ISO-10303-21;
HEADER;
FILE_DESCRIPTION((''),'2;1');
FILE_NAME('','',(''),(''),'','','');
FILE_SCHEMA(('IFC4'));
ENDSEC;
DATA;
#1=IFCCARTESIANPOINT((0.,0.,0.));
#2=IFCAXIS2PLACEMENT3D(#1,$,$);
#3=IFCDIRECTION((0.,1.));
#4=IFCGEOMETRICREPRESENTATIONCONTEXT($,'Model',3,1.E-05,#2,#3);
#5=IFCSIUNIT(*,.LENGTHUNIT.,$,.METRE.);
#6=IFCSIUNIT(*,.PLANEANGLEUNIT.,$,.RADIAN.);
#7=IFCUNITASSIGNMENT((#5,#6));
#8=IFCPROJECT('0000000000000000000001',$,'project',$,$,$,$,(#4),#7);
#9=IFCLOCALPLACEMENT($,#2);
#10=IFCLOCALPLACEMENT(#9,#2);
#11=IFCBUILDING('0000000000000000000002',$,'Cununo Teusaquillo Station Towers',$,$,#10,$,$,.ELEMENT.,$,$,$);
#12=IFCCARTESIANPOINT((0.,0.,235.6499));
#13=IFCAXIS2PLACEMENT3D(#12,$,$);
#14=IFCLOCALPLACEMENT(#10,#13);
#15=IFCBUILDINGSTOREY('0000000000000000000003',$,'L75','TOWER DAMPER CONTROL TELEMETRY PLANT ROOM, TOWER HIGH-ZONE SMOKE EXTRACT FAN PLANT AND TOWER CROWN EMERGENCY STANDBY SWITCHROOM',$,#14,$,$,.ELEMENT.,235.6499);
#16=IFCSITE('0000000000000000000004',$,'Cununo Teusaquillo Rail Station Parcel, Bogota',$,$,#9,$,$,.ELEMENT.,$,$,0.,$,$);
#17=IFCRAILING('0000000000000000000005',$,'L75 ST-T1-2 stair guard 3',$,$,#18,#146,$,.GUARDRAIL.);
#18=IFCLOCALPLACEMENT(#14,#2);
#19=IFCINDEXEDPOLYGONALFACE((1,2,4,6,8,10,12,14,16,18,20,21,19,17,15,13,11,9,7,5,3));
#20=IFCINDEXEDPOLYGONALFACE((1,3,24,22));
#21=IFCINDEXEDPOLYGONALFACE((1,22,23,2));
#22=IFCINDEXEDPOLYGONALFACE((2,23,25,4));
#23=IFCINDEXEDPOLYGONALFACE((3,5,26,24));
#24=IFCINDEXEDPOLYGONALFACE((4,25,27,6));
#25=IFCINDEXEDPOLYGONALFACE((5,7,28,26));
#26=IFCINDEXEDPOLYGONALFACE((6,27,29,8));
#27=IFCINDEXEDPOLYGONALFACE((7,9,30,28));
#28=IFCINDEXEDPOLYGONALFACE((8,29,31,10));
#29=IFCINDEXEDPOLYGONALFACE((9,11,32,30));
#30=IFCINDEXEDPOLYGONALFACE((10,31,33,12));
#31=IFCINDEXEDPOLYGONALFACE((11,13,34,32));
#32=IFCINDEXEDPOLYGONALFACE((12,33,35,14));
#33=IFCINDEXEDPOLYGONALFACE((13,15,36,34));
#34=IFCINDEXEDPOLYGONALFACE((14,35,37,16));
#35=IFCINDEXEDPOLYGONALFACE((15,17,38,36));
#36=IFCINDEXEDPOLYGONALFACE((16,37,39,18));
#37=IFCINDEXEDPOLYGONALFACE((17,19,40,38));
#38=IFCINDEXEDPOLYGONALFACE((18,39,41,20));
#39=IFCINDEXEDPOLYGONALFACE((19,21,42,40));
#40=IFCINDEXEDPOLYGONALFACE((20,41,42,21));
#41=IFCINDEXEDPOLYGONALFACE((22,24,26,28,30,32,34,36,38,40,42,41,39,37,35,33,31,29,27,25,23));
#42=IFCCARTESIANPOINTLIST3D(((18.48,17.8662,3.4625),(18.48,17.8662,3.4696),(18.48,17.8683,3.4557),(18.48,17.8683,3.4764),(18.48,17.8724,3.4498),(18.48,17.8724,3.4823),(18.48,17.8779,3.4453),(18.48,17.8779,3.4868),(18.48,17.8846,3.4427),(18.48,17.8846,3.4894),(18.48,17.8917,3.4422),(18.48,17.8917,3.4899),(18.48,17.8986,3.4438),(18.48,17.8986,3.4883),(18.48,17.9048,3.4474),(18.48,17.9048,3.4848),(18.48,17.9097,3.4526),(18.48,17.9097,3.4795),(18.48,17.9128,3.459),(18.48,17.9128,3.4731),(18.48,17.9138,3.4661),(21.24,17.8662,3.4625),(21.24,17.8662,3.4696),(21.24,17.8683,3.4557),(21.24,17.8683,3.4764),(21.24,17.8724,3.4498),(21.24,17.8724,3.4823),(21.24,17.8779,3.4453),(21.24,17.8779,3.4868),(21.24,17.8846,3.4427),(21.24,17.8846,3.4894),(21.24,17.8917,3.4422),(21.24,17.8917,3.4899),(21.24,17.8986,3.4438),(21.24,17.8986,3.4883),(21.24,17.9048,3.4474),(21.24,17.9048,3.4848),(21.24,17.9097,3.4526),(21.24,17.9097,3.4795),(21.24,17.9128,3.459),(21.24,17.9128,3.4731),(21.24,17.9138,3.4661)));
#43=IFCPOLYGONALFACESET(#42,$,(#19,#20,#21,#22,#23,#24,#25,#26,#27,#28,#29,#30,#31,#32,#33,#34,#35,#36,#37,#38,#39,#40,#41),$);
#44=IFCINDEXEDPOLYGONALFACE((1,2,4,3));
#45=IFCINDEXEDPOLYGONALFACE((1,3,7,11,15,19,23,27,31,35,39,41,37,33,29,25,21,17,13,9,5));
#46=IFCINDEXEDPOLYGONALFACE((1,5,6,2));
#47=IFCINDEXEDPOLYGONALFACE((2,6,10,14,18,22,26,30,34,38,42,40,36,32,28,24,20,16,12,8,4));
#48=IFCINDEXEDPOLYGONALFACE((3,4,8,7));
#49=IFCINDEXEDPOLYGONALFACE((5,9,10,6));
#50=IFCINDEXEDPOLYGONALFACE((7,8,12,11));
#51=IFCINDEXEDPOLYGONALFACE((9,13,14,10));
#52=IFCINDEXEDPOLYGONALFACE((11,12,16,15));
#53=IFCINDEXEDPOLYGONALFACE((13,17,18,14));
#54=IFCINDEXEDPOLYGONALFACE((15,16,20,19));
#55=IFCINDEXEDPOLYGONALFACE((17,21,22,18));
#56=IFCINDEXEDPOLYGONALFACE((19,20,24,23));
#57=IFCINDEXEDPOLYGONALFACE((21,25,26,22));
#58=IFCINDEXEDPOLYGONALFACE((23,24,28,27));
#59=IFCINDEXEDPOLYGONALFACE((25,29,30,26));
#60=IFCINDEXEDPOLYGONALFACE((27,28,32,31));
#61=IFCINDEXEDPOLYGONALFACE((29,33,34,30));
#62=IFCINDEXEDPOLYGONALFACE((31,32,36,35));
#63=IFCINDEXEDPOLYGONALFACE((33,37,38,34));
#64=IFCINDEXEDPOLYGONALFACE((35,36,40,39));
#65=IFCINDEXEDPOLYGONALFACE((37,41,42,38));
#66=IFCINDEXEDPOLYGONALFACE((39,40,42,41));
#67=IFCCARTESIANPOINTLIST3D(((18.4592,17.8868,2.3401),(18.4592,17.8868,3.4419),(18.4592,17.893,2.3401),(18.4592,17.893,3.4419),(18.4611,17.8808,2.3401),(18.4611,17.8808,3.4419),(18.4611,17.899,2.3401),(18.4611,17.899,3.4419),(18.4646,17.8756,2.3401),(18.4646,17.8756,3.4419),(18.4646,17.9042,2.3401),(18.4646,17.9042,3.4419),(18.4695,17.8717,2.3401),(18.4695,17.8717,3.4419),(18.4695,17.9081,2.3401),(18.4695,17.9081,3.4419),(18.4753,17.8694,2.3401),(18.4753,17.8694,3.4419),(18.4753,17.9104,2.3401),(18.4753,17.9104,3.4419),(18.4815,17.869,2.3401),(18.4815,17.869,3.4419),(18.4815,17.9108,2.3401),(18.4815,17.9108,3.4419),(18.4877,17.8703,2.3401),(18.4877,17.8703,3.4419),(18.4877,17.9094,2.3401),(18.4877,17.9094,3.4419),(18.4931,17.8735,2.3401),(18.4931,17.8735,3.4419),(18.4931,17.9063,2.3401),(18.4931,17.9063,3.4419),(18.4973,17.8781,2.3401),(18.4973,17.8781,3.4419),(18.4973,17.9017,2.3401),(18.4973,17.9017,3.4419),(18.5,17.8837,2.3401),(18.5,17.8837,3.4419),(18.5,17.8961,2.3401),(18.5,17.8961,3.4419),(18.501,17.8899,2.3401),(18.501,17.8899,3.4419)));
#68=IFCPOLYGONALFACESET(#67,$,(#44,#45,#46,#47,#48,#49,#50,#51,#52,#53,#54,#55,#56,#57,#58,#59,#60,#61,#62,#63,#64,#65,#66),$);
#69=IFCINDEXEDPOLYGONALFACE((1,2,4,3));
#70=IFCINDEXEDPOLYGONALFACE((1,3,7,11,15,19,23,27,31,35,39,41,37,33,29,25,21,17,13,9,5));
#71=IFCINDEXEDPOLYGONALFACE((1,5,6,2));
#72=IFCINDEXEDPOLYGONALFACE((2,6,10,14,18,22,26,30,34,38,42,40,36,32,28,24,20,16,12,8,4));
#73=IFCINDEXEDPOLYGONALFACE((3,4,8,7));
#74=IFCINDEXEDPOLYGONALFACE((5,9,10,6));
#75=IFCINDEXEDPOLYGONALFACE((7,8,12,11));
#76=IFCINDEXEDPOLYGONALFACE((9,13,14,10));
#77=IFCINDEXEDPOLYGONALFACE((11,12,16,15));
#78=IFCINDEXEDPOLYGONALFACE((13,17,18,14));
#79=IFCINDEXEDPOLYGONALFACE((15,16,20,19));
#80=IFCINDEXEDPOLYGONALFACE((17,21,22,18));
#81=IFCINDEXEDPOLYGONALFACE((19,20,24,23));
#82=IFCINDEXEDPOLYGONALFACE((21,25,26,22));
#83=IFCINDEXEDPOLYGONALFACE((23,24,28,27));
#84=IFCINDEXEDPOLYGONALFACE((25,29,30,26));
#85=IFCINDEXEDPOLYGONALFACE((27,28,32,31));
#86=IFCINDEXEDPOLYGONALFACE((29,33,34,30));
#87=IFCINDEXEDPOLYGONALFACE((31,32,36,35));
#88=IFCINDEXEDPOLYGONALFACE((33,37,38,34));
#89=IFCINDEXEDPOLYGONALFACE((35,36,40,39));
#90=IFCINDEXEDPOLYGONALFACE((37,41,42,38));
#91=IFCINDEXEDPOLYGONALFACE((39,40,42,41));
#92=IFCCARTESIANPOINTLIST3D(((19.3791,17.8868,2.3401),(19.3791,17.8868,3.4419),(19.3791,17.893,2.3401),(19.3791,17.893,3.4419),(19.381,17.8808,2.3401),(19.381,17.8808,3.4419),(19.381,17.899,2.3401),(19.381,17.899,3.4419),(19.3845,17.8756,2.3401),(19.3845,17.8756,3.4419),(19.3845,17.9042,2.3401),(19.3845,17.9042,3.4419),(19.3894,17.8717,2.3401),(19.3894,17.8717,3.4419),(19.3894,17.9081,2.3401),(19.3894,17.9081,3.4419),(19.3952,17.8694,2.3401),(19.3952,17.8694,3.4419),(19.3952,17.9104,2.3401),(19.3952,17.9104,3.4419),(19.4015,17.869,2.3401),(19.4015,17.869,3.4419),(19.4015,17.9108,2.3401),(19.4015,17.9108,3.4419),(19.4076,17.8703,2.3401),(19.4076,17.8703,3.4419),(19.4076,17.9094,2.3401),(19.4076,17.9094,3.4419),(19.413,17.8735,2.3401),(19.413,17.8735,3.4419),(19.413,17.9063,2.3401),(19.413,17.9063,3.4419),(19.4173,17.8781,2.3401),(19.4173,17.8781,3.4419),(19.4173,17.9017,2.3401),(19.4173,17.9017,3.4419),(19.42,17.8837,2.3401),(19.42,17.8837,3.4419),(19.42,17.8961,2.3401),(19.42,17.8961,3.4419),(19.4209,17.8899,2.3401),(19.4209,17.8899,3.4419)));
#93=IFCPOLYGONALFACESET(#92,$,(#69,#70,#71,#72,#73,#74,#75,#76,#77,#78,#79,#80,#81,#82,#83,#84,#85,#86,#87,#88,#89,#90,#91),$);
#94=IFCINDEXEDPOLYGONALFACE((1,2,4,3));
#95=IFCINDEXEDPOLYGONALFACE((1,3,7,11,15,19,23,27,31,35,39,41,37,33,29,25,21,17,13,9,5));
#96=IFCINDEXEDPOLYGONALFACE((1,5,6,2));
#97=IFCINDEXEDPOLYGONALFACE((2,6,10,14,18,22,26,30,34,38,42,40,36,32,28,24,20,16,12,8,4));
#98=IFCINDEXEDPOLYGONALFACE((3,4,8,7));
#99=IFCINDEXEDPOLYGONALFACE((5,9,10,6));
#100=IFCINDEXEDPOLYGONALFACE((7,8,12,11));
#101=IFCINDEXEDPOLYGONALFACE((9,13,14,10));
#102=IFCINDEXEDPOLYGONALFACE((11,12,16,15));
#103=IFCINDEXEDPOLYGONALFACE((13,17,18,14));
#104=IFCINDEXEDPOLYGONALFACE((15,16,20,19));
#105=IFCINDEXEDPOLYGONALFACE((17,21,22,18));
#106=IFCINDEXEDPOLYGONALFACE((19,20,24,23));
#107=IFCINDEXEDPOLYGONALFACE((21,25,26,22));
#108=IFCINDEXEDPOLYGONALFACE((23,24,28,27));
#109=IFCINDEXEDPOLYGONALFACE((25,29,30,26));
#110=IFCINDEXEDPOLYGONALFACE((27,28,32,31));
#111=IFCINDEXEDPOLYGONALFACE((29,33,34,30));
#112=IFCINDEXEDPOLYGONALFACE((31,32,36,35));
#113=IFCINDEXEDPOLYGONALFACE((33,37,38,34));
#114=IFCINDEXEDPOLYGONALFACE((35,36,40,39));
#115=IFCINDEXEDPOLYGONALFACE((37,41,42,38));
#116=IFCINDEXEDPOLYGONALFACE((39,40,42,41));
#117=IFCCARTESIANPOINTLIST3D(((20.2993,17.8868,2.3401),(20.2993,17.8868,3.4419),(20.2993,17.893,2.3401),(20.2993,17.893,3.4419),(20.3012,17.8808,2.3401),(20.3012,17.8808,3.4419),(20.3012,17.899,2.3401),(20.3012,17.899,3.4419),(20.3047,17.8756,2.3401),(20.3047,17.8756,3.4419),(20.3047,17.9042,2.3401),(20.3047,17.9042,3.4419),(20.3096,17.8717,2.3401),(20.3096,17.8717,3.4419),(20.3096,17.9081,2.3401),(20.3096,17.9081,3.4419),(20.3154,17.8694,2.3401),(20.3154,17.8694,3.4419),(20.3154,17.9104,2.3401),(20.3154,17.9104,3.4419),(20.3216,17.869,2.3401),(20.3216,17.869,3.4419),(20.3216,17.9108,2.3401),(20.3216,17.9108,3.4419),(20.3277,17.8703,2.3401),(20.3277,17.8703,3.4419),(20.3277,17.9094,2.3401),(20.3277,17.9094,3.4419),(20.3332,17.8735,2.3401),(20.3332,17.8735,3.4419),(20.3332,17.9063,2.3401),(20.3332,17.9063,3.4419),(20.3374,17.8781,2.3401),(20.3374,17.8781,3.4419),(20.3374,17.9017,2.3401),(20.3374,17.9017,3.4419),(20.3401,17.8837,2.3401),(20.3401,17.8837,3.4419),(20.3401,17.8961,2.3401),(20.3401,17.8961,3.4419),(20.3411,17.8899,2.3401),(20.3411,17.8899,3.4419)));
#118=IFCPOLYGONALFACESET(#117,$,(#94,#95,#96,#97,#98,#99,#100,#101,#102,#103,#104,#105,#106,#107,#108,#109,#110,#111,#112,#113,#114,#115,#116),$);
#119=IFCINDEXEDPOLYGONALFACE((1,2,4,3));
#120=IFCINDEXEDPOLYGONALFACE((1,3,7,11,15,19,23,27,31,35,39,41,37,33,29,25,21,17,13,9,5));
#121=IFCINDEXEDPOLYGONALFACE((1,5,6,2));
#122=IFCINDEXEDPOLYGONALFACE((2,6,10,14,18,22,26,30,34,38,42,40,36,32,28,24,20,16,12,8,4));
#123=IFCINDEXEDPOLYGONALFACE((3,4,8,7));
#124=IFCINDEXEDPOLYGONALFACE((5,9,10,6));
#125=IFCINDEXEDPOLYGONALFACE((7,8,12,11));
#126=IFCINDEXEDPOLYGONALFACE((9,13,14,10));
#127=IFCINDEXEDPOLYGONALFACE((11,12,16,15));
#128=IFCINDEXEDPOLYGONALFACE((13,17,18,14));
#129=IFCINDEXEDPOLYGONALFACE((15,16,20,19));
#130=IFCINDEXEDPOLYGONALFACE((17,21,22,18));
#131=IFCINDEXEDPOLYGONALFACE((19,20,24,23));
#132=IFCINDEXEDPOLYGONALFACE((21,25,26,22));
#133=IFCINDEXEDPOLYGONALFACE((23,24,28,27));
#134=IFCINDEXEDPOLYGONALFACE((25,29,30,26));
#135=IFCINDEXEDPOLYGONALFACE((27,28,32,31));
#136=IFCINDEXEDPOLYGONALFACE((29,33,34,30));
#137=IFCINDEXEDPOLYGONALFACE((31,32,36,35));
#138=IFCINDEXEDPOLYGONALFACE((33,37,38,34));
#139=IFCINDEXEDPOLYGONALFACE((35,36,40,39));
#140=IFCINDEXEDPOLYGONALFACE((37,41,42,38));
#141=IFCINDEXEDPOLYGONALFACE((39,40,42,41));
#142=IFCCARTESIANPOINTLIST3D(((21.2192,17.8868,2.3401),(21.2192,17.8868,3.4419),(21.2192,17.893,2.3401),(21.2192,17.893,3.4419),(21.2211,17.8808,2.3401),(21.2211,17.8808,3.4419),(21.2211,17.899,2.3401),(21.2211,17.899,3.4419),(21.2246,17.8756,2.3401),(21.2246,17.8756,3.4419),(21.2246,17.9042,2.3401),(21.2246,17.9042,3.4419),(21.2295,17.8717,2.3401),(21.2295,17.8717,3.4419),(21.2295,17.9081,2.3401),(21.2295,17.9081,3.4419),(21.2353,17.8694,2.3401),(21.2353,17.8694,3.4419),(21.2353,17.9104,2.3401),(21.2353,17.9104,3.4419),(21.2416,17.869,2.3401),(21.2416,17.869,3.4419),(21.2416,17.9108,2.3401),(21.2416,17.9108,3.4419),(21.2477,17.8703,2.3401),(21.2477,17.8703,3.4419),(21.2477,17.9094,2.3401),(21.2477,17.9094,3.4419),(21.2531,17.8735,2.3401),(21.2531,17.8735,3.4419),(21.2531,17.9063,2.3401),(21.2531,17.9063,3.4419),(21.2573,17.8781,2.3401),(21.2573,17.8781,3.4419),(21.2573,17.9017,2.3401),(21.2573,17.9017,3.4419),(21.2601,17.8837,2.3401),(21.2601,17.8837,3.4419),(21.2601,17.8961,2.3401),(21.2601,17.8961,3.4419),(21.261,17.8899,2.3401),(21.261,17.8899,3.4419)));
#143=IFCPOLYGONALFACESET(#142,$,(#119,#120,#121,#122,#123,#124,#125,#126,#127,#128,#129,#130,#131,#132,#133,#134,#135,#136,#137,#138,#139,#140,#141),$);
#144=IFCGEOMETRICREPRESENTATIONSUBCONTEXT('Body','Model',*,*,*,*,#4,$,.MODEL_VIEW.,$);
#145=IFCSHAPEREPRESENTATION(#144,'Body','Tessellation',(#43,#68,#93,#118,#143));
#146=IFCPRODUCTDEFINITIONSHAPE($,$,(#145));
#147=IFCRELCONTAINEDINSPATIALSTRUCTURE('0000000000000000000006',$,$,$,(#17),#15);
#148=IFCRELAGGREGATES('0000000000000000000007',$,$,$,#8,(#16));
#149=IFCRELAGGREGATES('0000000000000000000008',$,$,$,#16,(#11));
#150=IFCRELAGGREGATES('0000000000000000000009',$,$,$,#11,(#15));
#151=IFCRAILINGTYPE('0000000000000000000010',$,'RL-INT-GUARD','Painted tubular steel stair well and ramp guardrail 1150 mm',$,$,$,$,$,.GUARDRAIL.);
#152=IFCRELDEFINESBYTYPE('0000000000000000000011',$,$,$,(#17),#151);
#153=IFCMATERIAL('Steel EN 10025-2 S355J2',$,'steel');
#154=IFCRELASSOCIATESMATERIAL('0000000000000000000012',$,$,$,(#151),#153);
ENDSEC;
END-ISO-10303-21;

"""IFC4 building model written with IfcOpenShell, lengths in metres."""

from ifc_helpers import new_model, si_unit, direction, frame, origin, origin_2d, place, context, subcontext, project, spatial, circle, extrude, material, type_object, element, save


model = new_model("IFC4")

# Units and contexts
model_context = context("Model", 3, precision=1e-05, world=origin(), true_north=direction((0.0, 1.0)))
body_context = subcontext(model_context, "Body", "Model", "MODEL_VIEW")
ifc_project = project(units=[si_unit("LENGTHUNIT", "METRE"), si_unit("PLANEANGLEUNIT", "RADIAN")], contexts=[model_context])

# Site, building, storey
site_placement = place(None, origin())
site = spatial("IfcSite", under=ifc_project, at=site_placement, Name="Cununo Teusaquillo Rail Station Parcel, Bogota", CompositionType="ELEMENT", RefElevation=0.0)
building_placement = place(site_placement, origin())
building = spatial("IfcBuilding", under=site, at=building_placement, Name="Cununo Teusaquillo Station Towers", CompositionType="ELEMENT")
storey_placement = place(building_placement, frame((0.0, 0.0, 235.6499)))
storey = spatial("IfcBuildingStorey", under=building, at=storey_placement, Name="L75", Description="TOWER DAMPER CONTROL TELEMETRY PLANT ROOM, TOWER HIGH-ZONE SMOKE EXTRACT FAN PLANT AND TOWER CROWN EMERGENCY STANDBY SWITCHROOM", CompositionType="ELEMENT", Elevation=235.6499)

# Railing
ifc_material_1 = material(Name="Steel EN 10025-2 S355J2", Category="steel")
railing_type_1 = type_object("IfcRailingType", Name="RL-INT-GUARD", Description="Painted tubular steel stair well and ramp guardrail 1150 mm", PredefinedType="GUARDRAIL", material=ifc_material_1)
railing_1_placement = place(storey_placement, frame((18.48, 17.8899, 2.3401)))
element("IfcRailing", 1, at=railing_1_placement, inside=storey, type_object=railing_type_1, Name="L75 ST-T1-2 stair guard 3", PredefinedType="GUARDRAIL", context=body_context, shape_type="SweptSolid", body=[
    extrude(circle(Radius=0.0239, at=origin_2d()), frame((0.0, 0.0, 1.126), z_axis=(1.0, 0.0, 0.0), x_axis=(0.0, 1.0, 0.0)), (0.0, 0.0, 1.0), 2.76),
    extrude(circle(Radius=0.021, at=origin_2d()), origin(), (0.0, 0.0, 1.0), 1.1018),
    extrude(circle(Radius=0.021, at=origin_2d()), frame((0.9199, 0.0, 0.0)), (0.0, 0.0, 1.0), 1.1018),
    extrude(circle(Radius=0.021, at=origin_2d()), frame((1.8401, 0.0, 0.0)), (0.0, 0.0, 1.0), 1.1018),
    extrude(circle(Radius=0.021, at=origin_2d()), frame((2.76, 0.0, 0.0)), (0.0, 0.0, 1.0), 1.1018),
])

save(model, "model.ifc")
